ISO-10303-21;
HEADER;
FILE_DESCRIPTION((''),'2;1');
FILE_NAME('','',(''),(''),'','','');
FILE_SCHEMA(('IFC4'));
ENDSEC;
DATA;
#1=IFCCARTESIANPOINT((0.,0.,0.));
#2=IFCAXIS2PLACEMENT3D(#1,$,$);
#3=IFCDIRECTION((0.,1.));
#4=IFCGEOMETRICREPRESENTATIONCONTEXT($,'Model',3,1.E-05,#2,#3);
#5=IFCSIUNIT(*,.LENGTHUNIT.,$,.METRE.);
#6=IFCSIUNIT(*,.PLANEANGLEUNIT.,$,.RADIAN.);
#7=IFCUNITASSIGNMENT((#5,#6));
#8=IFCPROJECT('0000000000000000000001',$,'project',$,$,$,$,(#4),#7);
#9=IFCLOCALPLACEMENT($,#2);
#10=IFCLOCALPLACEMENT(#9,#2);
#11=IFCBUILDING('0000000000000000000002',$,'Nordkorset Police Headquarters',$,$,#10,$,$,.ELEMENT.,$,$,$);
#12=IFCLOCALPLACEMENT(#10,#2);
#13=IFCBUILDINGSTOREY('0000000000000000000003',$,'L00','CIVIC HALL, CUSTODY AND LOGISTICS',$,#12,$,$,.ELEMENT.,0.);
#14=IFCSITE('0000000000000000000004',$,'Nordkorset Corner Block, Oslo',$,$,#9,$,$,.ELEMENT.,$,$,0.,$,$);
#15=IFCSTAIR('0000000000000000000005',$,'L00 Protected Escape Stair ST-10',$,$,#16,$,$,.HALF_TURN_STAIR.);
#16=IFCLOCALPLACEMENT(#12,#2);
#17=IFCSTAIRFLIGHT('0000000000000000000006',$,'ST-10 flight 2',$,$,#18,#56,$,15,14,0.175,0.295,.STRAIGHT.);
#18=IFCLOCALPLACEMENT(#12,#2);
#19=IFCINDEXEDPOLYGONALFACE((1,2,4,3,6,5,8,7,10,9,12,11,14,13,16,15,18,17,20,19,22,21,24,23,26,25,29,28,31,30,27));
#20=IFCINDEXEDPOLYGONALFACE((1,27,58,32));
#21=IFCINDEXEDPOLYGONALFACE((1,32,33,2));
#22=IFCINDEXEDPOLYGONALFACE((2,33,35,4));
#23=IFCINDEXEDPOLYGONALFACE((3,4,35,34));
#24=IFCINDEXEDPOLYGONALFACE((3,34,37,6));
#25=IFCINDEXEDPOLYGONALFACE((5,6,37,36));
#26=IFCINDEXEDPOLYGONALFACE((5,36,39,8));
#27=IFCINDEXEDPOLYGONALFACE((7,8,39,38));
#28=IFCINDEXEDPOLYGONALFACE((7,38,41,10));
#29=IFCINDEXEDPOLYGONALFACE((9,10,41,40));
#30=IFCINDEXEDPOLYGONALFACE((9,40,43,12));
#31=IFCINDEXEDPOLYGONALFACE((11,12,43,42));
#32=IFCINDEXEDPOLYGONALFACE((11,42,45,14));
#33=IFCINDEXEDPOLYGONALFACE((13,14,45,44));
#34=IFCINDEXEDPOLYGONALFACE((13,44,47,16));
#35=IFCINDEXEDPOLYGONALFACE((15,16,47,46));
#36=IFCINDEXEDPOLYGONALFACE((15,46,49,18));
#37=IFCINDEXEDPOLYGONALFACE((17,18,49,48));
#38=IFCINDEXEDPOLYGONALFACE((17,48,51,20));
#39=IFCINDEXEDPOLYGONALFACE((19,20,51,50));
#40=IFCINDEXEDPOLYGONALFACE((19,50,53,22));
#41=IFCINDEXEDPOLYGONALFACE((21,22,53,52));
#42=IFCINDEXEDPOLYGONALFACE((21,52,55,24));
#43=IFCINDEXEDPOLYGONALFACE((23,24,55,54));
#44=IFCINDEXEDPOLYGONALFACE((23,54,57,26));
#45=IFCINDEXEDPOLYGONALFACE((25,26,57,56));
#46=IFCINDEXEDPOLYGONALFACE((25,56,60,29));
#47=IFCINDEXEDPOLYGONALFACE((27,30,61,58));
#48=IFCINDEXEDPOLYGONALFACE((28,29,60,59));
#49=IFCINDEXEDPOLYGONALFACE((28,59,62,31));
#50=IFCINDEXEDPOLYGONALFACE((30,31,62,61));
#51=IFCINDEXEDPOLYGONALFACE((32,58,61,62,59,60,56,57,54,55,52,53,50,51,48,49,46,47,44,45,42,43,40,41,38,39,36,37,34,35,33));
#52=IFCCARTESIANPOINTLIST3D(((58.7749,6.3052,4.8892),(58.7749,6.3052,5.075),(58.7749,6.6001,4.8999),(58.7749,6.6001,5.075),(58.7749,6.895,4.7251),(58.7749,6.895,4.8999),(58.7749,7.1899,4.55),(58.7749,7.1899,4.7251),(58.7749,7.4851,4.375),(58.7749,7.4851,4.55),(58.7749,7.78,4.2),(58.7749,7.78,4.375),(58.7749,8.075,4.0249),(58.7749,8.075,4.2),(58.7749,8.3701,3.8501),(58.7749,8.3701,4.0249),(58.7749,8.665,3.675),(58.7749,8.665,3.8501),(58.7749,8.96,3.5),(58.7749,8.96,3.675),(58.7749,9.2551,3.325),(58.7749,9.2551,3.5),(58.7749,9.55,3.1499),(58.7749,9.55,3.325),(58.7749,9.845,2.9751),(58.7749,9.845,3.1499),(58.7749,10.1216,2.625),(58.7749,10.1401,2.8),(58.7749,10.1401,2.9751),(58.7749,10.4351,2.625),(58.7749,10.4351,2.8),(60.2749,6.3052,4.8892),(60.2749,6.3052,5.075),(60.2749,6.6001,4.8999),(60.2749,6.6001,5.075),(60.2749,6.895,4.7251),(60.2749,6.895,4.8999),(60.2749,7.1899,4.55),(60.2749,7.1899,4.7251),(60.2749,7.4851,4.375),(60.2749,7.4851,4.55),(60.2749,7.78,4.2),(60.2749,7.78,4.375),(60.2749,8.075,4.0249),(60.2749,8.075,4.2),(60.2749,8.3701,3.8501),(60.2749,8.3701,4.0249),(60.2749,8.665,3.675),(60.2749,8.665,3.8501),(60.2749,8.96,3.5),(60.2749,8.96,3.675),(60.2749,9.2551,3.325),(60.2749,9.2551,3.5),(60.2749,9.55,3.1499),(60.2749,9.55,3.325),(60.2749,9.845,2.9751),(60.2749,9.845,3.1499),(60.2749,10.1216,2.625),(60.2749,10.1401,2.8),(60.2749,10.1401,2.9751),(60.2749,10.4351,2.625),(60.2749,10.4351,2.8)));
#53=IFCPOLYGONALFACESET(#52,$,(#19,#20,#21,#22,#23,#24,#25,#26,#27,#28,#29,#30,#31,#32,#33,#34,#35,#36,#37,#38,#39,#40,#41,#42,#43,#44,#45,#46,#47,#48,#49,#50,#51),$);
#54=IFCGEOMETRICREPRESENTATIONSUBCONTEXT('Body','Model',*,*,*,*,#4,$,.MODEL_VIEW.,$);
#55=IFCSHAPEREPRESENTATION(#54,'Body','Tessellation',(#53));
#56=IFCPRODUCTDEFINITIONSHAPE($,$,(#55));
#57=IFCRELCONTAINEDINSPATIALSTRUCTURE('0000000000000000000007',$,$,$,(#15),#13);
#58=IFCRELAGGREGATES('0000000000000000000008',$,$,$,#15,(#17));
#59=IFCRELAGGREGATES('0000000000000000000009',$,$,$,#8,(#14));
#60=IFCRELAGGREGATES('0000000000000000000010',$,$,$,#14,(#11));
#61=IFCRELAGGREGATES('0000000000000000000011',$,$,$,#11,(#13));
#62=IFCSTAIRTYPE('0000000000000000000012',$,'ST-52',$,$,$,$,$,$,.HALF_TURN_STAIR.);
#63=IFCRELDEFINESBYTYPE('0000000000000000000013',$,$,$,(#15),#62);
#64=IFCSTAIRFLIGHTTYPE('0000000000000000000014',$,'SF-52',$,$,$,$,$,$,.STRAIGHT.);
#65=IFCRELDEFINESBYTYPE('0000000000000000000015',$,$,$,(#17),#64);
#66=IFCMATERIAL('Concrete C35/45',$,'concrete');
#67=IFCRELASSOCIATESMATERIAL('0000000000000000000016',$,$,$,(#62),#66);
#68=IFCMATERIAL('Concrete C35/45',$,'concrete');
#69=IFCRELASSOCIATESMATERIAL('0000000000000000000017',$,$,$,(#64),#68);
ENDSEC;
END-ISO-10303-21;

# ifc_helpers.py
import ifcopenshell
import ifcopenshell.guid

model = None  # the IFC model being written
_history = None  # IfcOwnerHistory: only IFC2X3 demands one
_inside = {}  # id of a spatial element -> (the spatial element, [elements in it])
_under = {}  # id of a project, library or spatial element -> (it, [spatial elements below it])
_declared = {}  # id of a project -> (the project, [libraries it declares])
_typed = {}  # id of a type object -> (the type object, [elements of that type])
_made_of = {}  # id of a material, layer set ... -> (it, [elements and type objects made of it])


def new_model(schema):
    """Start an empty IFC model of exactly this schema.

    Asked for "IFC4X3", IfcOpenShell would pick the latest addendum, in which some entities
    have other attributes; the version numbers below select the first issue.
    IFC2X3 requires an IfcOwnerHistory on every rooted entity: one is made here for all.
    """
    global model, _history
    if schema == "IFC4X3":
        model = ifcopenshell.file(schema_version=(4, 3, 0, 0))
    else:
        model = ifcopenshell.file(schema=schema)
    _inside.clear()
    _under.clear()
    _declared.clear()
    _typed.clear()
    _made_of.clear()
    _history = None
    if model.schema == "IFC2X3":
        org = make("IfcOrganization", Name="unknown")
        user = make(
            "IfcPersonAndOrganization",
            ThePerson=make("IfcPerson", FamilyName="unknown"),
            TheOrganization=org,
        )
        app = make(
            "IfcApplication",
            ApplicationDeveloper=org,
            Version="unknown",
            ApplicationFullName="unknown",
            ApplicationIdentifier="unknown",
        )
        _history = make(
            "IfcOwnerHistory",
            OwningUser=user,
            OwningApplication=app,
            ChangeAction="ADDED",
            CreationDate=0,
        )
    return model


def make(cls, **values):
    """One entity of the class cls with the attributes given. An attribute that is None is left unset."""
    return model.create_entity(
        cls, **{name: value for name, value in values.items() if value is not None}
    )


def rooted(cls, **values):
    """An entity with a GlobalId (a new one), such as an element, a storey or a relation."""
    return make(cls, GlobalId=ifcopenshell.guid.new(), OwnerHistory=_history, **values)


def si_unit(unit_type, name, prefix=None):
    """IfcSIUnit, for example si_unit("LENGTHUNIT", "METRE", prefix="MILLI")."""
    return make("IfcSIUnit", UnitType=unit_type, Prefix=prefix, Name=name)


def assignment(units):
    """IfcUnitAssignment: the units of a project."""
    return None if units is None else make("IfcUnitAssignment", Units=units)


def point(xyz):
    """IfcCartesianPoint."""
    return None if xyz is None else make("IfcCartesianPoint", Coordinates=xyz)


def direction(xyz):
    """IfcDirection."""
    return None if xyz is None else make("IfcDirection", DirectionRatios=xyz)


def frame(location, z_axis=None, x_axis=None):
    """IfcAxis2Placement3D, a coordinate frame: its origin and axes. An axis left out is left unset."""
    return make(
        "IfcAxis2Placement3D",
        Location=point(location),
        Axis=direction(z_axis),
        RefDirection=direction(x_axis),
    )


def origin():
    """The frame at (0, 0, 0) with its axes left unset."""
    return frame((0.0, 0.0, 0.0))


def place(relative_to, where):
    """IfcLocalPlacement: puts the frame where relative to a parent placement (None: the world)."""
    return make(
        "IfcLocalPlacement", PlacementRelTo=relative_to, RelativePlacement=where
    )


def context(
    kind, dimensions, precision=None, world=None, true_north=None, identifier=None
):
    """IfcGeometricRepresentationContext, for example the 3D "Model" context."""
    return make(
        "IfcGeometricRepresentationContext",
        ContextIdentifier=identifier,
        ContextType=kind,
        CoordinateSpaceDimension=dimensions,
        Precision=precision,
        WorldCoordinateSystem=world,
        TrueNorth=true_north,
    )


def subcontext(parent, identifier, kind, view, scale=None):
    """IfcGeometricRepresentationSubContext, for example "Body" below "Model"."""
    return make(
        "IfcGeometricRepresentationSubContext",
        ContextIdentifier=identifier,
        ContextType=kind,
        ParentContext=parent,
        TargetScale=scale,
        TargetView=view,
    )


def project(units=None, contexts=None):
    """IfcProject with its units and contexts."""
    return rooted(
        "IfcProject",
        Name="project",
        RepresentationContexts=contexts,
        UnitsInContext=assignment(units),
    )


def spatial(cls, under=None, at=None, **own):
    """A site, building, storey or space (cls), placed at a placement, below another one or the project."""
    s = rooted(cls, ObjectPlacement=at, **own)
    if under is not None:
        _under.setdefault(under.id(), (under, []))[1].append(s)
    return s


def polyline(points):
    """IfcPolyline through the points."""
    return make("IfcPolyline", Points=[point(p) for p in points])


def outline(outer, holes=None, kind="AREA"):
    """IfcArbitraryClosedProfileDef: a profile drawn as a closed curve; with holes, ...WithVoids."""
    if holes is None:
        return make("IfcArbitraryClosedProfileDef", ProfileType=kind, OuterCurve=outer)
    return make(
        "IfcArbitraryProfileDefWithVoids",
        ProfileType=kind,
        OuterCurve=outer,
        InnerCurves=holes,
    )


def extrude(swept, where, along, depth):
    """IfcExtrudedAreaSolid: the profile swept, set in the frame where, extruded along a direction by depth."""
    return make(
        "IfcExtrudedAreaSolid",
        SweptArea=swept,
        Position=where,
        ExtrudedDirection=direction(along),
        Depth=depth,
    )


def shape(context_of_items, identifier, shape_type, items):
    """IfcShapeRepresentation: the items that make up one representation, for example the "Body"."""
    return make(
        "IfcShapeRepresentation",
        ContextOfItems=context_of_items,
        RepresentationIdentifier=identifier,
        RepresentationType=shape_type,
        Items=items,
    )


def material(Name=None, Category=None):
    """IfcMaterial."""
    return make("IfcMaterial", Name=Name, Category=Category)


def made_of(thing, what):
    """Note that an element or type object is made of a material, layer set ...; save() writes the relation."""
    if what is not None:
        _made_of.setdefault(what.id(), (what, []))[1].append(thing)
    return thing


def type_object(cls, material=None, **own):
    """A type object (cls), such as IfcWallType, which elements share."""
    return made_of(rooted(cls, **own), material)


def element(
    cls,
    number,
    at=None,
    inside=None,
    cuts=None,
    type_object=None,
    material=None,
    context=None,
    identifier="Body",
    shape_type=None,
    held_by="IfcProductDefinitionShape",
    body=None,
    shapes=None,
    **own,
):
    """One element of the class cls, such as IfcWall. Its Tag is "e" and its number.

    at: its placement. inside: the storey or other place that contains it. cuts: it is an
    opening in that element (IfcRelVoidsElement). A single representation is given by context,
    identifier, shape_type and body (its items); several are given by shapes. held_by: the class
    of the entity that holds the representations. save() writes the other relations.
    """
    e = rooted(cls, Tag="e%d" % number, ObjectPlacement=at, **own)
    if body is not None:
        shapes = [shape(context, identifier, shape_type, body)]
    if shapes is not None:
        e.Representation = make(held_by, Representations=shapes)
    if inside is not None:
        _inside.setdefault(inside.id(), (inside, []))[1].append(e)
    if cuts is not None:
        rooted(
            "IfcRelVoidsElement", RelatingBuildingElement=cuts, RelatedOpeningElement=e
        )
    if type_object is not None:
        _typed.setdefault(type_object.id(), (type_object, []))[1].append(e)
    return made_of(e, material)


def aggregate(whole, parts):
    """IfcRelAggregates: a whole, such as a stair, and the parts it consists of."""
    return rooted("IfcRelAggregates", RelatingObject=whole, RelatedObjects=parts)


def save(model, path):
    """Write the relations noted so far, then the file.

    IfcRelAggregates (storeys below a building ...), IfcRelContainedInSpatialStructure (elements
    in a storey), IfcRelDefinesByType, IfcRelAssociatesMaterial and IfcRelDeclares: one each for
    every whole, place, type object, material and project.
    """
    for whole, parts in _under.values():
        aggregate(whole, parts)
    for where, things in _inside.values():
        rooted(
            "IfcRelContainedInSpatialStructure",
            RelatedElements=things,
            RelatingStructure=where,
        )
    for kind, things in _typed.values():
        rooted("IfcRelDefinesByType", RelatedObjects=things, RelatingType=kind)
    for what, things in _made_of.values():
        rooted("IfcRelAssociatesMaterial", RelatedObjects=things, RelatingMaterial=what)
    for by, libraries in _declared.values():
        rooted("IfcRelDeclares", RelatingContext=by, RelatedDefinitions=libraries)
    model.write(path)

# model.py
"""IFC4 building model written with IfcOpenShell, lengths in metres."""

from ifc_helpers import new_model, si_unit, direction, frame, origin, place, context, subcontext, project, spatial, polyline, outline, extrude, material, type_object, element, aggregate, save


model = new_model("IFC4")

# Units and contexts
model_context = context("Model", 3, precision=1e-05, world=origin(), true_north=direction((0.0, 1.0)))
body_context = subcontext(model_context, "Body", "Model", "MODEL_VIEW")
ifc_project = project(units=[si_unit("LENGTHUNIT", "METRE"), si_unit("PLANEANGLEUNIT", "RADIAN")], contexts=[model_context])

# Site, building, storey
site_placement = place(None, origin())
site = spatial("IfcSite", under=ifc_project, at=site_placement, Name="Nordkorset Corner Block, Oslo", CompositionType="ELEMENT", RefElevation=0.0)
building_placement = place(site_placement, origin())
building = spatial("IfcBuilding", under=site, at=building_placement, Name="Nordkorset Police Headquarters", CompositionType="ELEMENT")
storey_placement = place(building_placement, origin())
storey = spatial("IfcBuildingStorey", under=building, at=storey_placement, Name="L00", Description="CIVIC HALL, CUSTODY AND LOGISTICS", CompositionType="ELEMENT", Elevation=0.0)

# Stair, stair flight
ifc_material_1 = material(Name="Concrete C35/45", Category="concrete")
stair_type = type_object("IfcStairType", Name="ST-52", PredefinedType="HALF_TURN_STAIR", material=ifc_material_1)
stair_placement = place(storey_placement, origin())
stair = element("IfcStair", 1, at=stair_placement, inside=storey, type_object=stair_type, Name="L00 Protected Escape Stair ST-10", PredefinedType="HALF_TURN_STAIR")
ifc_material_2 = material(Name="Concrete C35/45", Category="concrete")
stair_flight_type = type_object("IfcStairFlightType", Name="SF-52", PredefinedType="STRAIGHT", material=ifc_material_2)
stair_flight_1_placement = place(storey_placement, frame((59.5249, 10.4351, 2.625), z_axis=(0.0, 0.0, 1.0), x_axis=(0.0, -1.0, 0.0)))
stair_flight_1 = element("IfcStairFlight", 2, at=stair_flight_1_placement, type_object=stair_flight_type, Name="ST-10 flight 2", NumberOfRisers=15, NumberOfTreads=14, PredefinedType="STRAIGHT", RiserHeight=0.175, TreadLength=0.295, context=body_context, shape_type="SweptSolid", body=[
    extrude(outline(polyline([(0.0, 0.0), (0.0, 0.175), (0.2949, 0.175), (0.2949, 0.3501), (0.5901, 0.3501), (0.5901, 0.5249), (0.885, 0.5249), (0.885, 0.7), (1.1799, 0.7), (1.1799, 0.875), (1.4751, 0.875), (1.4751, 1.05), (1.77, 1.05), (1.77, 1.2251), (2.0649, 1.2251), (2.0649, 1.3999), (2.3601, 1.3999), (2.3601, 1.575), (2.655, 1.575), (2.655, 1.75), (2.95, 1.75), (2.95, 1.925), (3.2451, 1.925), (3.2451, 2.1001), (3.54, 2.1001), (3.54, 2.2749), (3.835, 2.2749), (3.835, 2.45), (4.1299, 2.45), (4.1299, 2.625), (4.1299, 2.2642), (0.3135, 0.0), (0.0, 0.0)])), frame((0.0, 0.75, 0.0), z_axis=(0.0, -1.0, 0.0), x_axis=(1.0, 0.0, 0.0)), (0.0, 0.0, 1.0), 1.5),
])
aggregate(stair, [stair_flight_1])

save(model, "model.ifc")
